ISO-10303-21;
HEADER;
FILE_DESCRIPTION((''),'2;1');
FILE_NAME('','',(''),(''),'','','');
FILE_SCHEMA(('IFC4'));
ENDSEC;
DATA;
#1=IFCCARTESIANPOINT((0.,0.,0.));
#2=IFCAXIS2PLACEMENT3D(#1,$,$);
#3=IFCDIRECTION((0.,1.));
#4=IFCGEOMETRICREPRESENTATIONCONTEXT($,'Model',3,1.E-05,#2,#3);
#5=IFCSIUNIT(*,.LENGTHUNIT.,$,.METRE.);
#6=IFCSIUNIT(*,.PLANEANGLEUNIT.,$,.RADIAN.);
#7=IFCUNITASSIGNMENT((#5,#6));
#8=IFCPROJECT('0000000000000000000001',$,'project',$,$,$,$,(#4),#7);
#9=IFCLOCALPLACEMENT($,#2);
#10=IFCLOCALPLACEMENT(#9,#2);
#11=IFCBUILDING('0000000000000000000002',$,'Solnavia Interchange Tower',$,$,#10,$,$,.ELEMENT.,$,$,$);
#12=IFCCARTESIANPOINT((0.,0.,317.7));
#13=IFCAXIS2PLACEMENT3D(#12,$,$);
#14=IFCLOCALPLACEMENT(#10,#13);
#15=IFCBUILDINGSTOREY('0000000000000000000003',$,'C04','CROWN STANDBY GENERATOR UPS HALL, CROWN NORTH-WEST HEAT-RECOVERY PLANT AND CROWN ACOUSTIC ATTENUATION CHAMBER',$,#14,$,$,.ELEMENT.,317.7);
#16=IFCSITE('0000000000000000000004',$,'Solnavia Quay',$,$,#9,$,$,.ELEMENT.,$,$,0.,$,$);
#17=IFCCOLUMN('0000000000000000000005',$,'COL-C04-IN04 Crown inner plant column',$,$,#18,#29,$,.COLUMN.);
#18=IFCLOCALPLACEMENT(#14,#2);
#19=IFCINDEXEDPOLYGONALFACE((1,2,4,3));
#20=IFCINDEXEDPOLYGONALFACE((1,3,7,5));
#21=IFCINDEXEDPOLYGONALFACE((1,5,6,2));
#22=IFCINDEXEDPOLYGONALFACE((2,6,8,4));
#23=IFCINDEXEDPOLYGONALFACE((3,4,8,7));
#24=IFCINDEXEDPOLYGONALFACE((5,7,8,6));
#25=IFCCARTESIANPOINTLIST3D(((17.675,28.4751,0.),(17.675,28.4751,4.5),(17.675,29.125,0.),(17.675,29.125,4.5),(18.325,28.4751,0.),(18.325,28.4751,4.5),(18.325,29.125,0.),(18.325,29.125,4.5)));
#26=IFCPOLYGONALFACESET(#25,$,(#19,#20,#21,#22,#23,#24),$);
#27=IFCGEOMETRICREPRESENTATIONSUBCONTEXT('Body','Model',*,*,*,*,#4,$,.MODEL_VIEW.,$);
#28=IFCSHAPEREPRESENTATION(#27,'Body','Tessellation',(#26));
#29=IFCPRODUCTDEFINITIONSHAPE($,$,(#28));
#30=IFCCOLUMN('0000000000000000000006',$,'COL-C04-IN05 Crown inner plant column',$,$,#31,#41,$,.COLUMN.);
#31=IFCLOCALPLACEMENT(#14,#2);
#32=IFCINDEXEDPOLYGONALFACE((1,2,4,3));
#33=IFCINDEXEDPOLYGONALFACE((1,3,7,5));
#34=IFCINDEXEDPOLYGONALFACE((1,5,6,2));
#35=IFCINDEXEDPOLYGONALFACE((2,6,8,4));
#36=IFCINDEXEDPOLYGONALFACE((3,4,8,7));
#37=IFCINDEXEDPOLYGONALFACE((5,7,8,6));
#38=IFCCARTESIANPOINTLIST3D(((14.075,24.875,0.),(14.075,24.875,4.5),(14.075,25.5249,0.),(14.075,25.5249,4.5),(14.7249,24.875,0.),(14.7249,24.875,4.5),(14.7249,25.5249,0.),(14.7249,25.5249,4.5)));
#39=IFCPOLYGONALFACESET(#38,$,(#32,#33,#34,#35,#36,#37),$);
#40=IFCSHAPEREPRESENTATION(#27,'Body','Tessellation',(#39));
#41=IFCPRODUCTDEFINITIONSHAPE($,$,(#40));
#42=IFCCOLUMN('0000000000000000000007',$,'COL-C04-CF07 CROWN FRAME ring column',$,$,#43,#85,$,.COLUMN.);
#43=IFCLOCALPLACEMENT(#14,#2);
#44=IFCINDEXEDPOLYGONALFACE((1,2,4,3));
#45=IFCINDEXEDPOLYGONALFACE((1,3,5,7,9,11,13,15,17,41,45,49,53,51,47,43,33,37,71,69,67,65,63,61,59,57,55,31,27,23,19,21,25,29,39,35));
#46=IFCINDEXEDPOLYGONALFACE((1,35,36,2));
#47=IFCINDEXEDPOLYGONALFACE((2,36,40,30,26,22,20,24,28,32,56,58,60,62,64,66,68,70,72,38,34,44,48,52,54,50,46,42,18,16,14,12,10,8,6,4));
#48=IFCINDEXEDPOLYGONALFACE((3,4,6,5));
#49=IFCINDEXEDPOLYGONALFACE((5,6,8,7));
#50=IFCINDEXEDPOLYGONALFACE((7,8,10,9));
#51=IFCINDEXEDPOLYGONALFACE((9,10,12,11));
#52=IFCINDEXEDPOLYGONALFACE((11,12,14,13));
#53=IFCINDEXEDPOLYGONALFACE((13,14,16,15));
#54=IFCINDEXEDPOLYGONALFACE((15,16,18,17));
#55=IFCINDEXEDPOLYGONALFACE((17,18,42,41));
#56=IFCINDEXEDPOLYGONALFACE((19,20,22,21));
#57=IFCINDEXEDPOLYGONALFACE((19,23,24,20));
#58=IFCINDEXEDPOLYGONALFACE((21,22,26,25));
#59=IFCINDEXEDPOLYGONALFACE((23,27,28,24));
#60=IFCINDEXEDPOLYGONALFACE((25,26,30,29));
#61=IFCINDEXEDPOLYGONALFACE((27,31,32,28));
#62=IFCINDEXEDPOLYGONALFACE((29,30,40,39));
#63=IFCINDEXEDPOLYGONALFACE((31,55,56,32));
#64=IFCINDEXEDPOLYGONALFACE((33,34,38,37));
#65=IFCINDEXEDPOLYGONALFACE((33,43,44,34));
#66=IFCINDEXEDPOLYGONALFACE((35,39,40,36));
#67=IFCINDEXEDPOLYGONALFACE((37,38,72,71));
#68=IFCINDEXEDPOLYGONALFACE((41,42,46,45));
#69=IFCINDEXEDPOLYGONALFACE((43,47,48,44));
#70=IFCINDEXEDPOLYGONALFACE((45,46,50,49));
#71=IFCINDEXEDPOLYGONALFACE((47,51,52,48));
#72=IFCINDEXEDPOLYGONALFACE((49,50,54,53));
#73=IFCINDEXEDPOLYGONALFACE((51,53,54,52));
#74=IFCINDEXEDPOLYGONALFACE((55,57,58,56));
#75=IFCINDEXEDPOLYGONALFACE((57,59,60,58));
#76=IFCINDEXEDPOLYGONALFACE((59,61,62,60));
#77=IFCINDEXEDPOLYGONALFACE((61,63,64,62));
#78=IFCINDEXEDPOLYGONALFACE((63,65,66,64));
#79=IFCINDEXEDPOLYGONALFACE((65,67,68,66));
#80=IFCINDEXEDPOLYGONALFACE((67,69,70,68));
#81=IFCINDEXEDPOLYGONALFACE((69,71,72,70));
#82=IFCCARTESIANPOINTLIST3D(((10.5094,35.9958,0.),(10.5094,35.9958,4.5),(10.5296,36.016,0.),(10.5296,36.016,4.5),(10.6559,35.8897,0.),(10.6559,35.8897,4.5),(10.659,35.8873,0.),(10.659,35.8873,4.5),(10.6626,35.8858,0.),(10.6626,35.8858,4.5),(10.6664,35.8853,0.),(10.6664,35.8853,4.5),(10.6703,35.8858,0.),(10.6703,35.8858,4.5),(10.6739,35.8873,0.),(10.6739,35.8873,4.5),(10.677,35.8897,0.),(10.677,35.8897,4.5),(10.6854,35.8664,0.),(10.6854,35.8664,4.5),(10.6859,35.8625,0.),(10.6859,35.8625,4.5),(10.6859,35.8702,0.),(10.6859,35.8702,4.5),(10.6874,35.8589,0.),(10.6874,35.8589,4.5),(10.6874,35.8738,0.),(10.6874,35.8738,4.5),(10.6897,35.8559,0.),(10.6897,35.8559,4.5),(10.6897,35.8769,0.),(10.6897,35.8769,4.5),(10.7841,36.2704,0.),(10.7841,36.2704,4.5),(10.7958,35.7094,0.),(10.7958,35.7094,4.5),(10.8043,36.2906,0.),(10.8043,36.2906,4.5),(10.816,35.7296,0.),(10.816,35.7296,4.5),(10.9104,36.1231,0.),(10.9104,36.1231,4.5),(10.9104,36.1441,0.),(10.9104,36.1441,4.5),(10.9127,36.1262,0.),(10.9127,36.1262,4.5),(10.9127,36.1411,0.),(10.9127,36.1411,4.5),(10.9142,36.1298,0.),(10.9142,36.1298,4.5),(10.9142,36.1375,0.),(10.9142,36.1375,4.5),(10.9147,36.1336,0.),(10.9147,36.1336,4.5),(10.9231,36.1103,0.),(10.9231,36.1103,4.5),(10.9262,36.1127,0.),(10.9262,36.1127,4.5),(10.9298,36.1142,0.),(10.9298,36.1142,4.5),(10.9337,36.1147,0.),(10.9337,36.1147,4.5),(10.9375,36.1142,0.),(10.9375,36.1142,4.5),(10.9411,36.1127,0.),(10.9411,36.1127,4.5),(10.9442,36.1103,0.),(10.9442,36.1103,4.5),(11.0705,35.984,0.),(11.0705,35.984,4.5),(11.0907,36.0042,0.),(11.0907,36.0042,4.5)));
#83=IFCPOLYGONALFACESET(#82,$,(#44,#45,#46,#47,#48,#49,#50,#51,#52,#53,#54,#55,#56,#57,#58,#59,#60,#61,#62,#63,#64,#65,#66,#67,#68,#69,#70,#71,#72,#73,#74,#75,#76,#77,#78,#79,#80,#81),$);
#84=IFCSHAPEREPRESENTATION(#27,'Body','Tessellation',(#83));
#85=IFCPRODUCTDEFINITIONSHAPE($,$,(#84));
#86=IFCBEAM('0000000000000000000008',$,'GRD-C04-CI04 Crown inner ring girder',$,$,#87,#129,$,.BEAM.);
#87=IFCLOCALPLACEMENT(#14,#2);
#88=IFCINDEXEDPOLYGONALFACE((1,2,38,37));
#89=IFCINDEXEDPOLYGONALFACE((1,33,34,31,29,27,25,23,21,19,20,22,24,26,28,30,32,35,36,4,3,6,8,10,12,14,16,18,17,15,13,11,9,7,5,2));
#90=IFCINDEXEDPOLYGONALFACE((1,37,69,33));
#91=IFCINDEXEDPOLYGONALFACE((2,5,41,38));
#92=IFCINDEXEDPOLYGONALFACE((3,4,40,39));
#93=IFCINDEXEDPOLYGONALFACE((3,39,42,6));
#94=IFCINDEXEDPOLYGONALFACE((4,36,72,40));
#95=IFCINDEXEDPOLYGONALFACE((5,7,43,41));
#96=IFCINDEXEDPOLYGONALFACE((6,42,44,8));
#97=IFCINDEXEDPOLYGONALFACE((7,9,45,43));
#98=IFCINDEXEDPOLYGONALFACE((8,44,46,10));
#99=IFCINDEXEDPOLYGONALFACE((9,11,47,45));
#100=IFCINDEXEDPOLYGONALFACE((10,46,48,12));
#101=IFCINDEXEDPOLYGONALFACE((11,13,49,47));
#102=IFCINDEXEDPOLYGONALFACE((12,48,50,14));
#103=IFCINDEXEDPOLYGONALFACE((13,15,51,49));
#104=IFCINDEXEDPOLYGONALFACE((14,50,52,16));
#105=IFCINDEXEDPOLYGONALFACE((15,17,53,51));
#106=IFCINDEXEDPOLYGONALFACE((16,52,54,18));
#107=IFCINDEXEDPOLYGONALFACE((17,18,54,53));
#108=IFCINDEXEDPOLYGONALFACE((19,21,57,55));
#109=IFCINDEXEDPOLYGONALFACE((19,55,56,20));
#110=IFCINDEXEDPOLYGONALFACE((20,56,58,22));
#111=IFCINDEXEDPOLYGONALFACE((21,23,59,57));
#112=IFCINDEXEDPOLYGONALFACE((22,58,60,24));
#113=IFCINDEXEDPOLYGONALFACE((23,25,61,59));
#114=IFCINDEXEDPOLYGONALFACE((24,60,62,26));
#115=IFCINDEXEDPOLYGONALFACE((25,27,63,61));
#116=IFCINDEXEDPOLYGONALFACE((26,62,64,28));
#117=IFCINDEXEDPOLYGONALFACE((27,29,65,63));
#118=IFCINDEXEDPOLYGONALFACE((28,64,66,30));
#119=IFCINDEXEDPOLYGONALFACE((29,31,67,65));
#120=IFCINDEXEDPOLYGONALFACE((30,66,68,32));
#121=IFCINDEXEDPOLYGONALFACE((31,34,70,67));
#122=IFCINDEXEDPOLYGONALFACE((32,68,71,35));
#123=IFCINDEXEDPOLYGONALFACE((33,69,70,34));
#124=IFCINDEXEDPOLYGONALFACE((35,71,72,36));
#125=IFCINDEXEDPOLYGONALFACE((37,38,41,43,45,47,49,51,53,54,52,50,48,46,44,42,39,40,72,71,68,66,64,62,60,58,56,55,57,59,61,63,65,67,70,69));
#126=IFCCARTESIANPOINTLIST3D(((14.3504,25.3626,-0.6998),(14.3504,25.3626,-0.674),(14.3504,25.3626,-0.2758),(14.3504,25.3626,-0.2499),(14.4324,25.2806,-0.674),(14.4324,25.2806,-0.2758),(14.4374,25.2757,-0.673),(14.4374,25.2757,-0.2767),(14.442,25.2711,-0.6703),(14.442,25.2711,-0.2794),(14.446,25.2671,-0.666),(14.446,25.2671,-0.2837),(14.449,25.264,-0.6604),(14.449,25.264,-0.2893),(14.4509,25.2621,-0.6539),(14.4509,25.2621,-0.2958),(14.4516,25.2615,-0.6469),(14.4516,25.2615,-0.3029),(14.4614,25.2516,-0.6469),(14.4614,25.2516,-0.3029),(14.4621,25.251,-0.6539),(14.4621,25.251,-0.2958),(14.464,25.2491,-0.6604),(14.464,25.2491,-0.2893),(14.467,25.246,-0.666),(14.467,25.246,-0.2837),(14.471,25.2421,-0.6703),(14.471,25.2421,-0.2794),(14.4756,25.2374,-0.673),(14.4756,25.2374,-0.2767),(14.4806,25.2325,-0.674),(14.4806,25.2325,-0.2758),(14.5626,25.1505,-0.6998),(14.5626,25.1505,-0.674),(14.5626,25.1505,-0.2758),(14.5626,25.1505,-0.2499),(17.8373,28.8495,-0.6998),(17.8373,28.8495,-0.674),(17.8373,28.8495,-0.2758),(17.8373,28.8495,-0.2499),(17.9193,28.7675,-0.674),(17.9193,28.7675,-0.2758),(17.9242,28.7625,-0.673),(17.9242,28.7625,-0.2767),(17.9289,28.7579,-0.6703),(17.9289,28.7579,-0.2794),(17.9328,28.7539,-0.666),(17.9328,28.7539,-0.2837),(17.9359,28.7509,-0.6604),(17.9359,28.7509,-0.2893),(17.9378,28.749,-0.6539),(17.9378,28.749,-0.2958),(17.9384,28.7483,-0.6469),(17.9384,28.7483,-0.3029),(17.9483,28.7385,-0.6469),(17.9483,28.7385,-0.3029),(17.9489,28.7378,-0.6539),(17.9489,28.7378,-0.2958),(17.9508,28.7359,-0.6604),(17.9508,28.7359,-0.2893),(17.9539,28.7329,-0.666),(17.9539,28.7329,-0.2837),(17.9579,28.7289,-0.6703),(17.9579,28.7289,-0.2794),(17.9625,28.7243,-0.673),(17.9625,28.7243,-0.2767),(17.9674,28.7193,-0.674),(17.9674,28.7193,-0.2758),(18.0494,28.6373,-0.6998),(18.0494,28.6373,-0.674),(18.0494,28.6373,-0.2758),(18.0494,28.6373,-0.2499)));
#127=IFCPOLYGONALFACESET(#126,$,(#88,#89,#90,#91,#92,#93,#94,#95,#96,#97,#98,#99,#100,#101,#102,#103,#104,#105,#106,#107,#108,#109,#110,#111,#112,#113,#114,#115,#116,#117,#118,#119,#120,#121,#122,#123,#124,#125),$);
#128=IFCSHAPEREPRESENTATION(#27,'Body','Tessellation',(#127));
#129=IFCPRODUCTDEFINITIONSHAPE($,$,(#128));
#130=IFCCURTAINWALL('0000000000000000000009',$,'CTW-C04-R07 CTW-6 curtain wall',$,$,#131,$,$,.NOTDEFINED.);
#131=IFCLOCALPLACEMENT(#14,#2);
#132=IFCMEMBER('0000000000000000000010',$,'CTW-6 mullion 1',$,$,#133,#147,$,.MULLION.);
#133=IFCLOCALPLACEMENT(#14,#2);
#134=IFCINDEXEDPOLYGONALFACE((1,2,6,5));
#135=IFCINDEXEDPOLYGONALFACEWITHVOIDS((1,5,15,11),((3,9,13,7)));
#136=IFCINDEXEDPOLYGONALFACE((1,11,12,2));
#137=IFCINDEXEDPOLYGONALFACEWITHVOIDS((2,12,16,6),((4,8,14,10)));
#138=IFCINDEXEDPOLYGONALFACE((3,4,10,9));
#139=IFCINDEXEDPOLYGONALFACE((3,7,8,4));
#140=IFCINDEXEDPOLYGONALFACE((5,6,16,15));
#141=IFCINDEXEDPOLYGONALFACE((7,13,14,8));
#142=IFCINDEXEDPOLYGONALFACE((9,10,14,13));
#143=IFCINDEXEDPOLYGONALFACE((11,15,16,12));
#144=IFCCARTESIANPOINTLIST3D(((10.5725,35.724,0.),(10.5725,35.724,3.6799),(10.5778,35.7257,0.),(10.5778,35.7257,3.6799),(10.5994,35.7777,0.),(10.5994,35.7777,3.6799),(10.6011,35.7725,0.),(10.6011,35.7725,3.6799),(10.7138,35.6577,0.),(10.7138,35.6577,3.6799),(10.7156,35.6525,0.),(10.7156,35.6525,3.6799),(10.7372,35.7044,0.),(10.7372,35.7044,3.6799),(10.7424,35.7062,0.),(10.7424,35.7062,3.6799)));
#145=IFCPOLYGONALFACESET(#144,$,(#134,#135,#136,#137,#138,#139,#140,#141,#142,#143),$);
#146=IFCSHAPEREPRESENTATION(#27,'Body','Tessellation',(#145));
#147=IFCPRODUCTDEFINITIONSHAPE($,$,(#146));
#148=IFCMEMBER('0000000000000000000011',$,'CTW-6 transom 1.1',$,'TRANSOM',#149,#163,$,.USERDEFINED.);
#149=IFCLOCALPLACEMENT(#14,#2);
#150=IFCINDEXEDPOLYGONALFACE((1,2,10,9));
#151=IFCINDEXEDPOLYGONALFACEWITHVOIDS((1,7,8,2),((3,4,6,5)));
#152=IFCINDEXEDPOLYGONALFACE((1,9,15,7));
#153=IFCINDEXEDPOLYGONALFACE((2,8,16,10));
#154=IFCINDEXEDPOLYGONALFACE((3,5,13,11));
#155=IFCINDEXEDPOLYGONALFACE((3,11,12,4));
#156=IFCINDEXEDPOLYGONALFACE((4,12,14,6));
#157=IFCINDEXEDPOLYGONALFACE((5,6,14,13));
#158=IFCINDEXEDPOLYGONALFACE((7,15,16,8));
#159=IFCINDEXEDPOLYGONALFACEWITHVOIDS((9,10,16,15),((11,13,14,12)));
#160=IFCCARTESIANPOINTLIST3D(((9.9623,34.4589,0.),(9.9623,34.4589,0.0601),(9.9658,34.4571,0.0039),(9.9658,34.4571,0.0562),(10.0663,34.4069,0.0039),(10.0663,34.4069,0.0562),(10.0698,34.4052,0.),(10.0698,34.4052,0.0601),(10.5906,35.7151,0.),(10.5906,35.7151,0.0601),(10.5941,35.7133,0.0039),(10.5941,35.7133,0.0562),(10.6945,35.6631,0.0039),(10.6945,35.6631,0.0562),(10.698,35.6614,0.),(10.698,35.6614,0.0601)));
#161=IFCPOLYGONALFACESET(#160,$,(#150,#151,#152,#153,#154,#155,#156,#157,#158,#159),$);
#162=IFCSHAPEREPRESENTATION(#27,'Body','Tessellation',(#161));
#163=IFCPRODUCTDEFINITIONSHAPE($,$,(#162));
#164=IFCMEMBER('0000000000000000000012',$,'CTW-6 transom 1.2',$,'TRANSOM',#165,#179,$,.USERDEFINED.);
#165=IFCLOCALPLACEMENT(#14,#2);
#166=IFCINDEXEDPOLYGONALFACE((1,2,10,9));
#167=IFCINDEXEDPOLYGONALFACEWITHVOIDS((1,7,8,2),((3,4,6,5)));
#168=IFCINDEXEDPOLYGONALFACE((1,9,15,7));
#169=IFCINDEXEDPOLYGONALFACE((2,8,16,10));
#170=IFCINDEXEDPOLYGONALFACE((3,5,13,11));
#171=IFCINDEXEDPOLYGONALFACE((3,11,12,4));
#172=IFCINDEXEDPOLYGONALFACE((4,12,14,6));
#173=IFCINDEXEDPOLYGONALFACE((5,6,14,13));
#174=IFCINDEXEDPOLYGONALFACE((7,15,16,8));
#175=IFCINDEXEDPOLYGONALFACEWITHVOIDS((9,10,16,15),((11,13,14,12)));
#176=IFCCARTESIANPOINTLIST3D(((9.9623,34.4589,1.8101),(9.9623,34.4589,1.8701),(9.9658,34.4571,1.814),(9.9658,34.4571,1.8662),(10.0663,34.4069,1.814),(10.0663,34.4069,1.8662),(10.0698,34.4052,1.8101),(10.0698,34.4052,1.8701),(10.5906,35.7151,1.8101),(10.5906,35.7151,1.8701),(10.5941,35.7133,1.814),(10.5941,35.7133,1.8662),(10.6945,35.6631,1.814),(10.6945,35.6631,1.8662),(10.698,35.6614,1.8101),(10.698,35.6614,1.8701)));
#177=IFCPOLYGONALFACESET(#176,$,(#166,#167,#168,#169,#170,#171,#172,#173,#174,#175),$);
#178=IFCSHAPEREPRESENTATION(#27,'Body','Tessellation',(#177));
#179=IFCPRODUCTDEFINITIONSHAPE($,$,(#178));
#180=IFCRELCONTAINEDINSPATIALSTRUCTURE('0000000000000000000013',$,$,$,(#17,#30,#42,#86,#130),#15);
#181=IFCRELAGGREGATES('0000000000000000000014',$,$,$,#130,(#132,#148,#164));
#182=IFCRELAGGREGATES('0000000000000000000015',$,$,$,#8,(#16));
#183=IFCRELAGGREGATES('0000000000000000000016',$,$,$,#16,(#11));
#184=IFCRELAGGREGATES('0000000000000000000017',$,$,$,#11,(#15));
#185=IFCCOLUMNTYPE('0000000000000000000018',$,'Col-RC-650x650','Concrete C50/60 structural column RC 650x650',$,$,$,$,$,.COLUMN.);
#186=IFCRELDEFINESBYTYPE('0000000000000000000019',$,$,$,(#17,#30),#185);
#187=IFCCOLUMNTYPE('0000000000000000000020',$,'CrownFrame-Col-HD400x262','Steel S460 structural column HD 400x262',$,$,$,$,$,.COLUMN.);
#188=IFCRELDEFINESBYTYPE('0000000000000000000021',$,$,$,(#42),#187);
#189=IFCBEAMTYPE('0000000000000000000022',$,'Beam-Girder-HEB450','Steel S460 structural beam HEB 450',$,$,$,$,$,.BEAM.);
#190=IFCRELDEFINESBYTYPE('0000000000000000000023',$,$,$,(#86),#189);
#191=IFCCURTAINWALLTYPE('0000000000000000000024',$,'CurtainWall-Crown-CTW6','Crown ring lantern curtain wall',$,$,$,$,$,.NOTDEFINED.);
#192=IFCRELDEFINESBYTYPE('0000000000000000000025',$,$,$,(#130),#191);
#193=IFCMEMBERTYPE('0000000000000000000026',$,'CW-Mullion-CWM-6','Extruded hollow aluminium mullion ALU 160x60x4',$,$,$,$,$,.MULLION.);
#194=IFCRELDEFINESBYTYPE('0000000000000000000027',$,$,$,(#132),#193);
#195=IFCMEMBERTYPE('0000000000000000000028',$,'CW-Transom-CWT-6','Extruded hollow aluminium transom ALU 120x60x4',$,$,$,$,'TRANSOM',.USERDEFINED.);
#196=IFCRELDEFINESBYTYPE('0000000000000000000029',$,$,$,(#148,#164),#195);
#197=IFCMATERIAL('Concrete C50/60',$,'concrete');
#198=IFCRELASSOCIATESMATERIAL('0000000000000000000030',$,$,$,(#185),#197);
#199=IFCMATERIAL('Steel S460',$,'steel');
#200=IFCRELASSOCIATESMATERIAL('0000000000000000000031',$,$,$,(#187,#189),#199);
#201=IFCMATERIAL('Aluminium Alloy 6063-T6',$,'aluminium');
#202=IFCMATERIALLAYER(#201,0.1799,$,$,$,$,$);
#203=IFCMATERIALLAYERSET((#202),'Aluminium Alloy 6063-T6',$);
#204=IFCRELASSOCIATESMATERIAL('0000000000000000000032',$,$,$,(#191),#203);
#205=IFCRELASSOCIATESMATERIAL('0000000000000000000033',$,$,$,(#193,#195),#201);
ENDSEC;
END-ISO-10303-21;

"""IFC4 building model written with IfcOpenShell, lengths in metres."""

from ifc_helpers import new_model, si_unit, direction, frame, origin, origin_2d, place, context, subcontext, project, spatial, rectangle, hollow_rectangle, i_section, extrude, material, layer, layer_set, material_profile, profile_set, type_object, element, aggregate, save


model = new_model("IFC4")

# Units and contexts
model_context = context("Model", 3, precision=1e-05, world=origin(), true_north=direction((0.0, 1.0)))
body_context = subcontext(model_context, "Body", "Model", "MODEL_VIEW")
ifc_project = project(units=[si_unit("LENGTHUNIT", "METRE"), si_unit("PLANEANGLEUNIT", "RADIAN")], contexts=[model_context])

# Site, building, storey
site_placement = place(None, origin())
site = spatial("IfcSite", under=ifc_project, at=site_placement, Name="Solnavia Quay", CompositionType="ELEMENT", RefElevation=0.0)
building_placement = place(site_placement, origin())
building = spatial("IfcBuilding", under=site, at=building_placement, Name="Solnavia Interchange Tower", CompositionType="ELEMENT")
storey_placement = place(building_placement, frame((0.0, 0.0, 317.7)))
storey = spatial("IfcBuildingStorey", under=building, at=storey_placement, Name="C04", Description="CROWN STANDBY GENERATOR UPS HALL, CROWN NORTH-WEST HEAT-RECOVERY PLANT AND CROWN ACOUSTIC ATTENUATION CHAMBER", CompositionType="ELEMENT", Elevation=317.7)

# Columns
ifc_material_1 = material(Name="Concrete C50/60", Category="concrete")
ifc_material_profile_1 = material_profile(ifc_material_1, rectangle(XDim=0.6499, YDim=0.6499, at=origin_2d()), Name="RC 650x650")
ifc_profile_set_1 = profile_set([ifc_material_profile_1], Name="Concrete C50/60")
column_type_1 = type_object("IfcColumnType", Name="Col-RC-650x650", Description="Concrete C50/60 structural column RC 650x650", PredefinedType="COLUMN", material=ifc_profile_set_1)
for number, where, z_axis, x_axis, name in (
    (1, (18.0, 28.8, 0.0), (0.0, 0.0, 1.0), (1.0, 0.0, 0.0), "COL-C04-IN04 Crown inner plant column"),
    (2, (14.3999, 25.2, 0.0), (0.0, 0.0, 1.0), (1.0, 0.0, 0.0), "COL-C04-IN05 Crown inner plant column"),
):
    element("IfcColumn", number, at=place(storey_placement, frame(where, z_axis=z_axis, x_axis=x_axis)), inside=storey, type_object=column_type_1, Name=name, PredefinedType="COLUMN", context=body_context, shape_type="SweptSolid", body=[
        extrude(rectangle(XDim=0.6499, YDim=0.6499, at=origin_2d()), origin(), (0.0, 0.0, 1.0), 4.5),
    ])
ifc_material_2 = material(Name="Steel S460", Category="steel")
ifc_material_profile_2 = material_profile(ifc_material_2, i_section(OverallWidth=0.405, OverallDepth=0.417, WebThickness=0.0181, FlangeThickness=0.0286, FilletRadius=0.0149, at=origin_2d()), Name="HD 400x262")
ifc_profile_set_2 = profile_set([ifc_material_profile_2], Name="Steel S460")
column_type_2 = type_object("IfcColumnType", Name="CrownFrame-Col-HD400x262", Description="Steel S460 structural column HD 400x262", PredefinedType="COLUMN", material=ifc_profile_set_2)
column_placement = place(storey_placement, frame((10.8, 36.0, 0.0), z_axis=(0.0, 0.0, 1.0), x_axis=(-0.707107, 0.707107, 0.0)))
element("IfcColumn", 3, at=column_placement, inside=storey, type_object=column_type_2, Name="COL-C04-CF07 CROWN FRAME ring column", PredefinedType="COLUMN", context=body_context, shape_type="SweptSolid", body=[
    extrude(i_section(OverallWidth=0.405, OverallDepth=0.417, WebThickness=0.0181, FlangeThickness=0.0286, FilletRadius=0.0149, at=origin_2d()), origin(), (0.0, 0.0, 1.0), 4.5),
])

# Beam
ifc_material_profile_3 = material_profile(ifc_material_2, i_section(OverallWidth=0.3, OverallDepth=0.45, WebThickness=0.0139, FlangeThickness=0.0259, FilletRadius=0.0271, at=origin_2d()), Name="HEB 450")
ifc_profile_set_3 = profile_set([ifc_material_profile_3], Name="Steel S460")
beam_type_1 = type_object("IfcBeamType", Name="Beam-Girder-HEB450", Description="Steel S460 structural beam HEB 450", PredefinedType="BEAM", material=ifc_profile_set_3)
beam_1_placement = place(storey_placement, frame((17.9434, 28.7434, -0.4749), z_axis=(-0.707107, -0.707107, 0.0), x_axis=(0.707107, -0.707107, 0.0)))
element("IfcBeam", 4, at=beam_1_placement, inside=storey, type_object=beam_type_1, Name="GRD-C04-CI04 Crown inner ring girder", PredefinedType="BEAM", context=body_context, shape_type="SweptSolid", body=[
    extrude(i_section(OverallWidth=0.3, OverallDepth=0.45, WebThickness=0.0139, FlangeThickness=0.0259, FilletRadius=0.0271, at=origin_2d()), origin(), (0.0, 0.0, 1.0), 4.9312),
])

# Curtain wall, members
ifc_material_3 = material(Name="Aluminium Alloy 6063-T6", Category="aluminium")
ifc_layer_1 = layer(ifc_material_3, 0.1799)
ifc_layer_set_1 = layer_set([ifc_layer_1], Name="Aluminium Alloy 6063-T6")
curtain_wall_type = type_object("IfcCurtainWallType", Name="CurtainWall-Crown-CTW6", Description="Crown ring lantern curtain wall", PredefinedType="NOTDEFINED", material=ifc_layer_set_1)
curtain_wall_placement = place(storey_placement, origin())
curtain_wall = element("IfcCurtainWall", 5, at=curtain_wall_placement, inside=storey, type_object=curtain_wall_type, Name="CTW-C04-R07 CTW-6 curtain wall", PredefinedType="NOTDEFINED")
ifc_material_profile_4 = material_profile(ifc_material_3, hollow_rectangle(XDim=0.0601, YDim=0.1599, WallThickness=0.0039, at=origin_2d()), Name="ALU 160x60x4")
ifc_profile_set_4 = profile_set([ifc_material_profile_4], Name="Aluminium Alloy 6063-T6")
member_type_1 = type_object("IfcMemberType", Name="CW-Mullion-CWM-6", Description="Extruded hollow aluminium mullion ALU 160x60x4", PredefinedType="MULLION", material=ifc_profile_set_4)
member_1_placement = place(storey_placement, frame((10.6575, 35.7151, 0.0), z_axis=(0.0, 0.0, 1.0), x_axis=(-0.447214, -0.894427, 0.0)))
member_1 = element("IfcMember", 6, at=member_1_placement, type_object=member_type_1, Name="CTW-6 mullion 1", PredefinedType="MULLION", context=body_context, shape_type="SweptSolid", body=[
    extrude(hollow_rectangle(XDim=0.0601, YDim=0.1599, WallThickness=0.0039, at=origin_2d()), origin(), (0.0, 0.0, 1.0), 3.6799),
])
ifc_material_profile_5 = material_profile(ifc_material_3, hollow_rectangle(XDim=0.0601, YDim=0.1201, WallThickness=0.0039, at=origin_2d()), Name="ALU 120x60x4")
ifc_profile_set_5 = profile_set([ifc_material_profile_5], Name="Aluminium Alloy 6063-T6")
member_type_2 = type_object("IfcMemberType", Name="CW-Transom-CWT-6", Description="Extruded hollow aluminium transom ALU 120x60x4", ElementType="TRANSOM", PredefinedType="USERDEFINED", material=ifc_profile_set_5)
member_2_placement = place(storey_placement, frame((10.6443, 35.6882, 0.03), z_axis=(-0.447283, -0.894392, 0.0), x_axis=(0.0, 0.0, 1.0)))
member_2 = element("IfcMember", 7, at=member_2_placement, type_object=member_type_2, Name="CTW-6 transom 1.1", ObjectType="TRANSOM", PredefinedType="USERDEFINED", context=body_context, shape_type="SweptSolid", body=[
    extrude(hollow_rectangle(XDim=0.0601, YDim=0.1201, WallThickness=0.0039, at=origin_2d()), origin(), (0.0, 0.0, 1.0), 1.4045),
])
member_3_placement = place(storey_placement, frame((10.6443, 35.6882, 1.8401), z_axis=(-0.447283, -0.894392, 0.0), x_axis=(0.0, 0.0, 1.0)))
member_3 = element("IfcMember", 8, at=member_3_placement, type_object=member_type_2, Name="CTW-6 transom 1.2", ObjectType="TRANSOM", PredefinedType="USERDEFINED", context=body_context, shape_type="SweptSolid", body=[
    extrude(hollow_rectangle(XDim=0.0601, YDim=0.1201, WallThickness=0.0039, at=origin_2d()), origin(), (0.0, 0.0, 1.0), 1.4045),
])

aggregate(curtain_wall, [member_1, member_2, member_3])

save(model, "model.ifc")
